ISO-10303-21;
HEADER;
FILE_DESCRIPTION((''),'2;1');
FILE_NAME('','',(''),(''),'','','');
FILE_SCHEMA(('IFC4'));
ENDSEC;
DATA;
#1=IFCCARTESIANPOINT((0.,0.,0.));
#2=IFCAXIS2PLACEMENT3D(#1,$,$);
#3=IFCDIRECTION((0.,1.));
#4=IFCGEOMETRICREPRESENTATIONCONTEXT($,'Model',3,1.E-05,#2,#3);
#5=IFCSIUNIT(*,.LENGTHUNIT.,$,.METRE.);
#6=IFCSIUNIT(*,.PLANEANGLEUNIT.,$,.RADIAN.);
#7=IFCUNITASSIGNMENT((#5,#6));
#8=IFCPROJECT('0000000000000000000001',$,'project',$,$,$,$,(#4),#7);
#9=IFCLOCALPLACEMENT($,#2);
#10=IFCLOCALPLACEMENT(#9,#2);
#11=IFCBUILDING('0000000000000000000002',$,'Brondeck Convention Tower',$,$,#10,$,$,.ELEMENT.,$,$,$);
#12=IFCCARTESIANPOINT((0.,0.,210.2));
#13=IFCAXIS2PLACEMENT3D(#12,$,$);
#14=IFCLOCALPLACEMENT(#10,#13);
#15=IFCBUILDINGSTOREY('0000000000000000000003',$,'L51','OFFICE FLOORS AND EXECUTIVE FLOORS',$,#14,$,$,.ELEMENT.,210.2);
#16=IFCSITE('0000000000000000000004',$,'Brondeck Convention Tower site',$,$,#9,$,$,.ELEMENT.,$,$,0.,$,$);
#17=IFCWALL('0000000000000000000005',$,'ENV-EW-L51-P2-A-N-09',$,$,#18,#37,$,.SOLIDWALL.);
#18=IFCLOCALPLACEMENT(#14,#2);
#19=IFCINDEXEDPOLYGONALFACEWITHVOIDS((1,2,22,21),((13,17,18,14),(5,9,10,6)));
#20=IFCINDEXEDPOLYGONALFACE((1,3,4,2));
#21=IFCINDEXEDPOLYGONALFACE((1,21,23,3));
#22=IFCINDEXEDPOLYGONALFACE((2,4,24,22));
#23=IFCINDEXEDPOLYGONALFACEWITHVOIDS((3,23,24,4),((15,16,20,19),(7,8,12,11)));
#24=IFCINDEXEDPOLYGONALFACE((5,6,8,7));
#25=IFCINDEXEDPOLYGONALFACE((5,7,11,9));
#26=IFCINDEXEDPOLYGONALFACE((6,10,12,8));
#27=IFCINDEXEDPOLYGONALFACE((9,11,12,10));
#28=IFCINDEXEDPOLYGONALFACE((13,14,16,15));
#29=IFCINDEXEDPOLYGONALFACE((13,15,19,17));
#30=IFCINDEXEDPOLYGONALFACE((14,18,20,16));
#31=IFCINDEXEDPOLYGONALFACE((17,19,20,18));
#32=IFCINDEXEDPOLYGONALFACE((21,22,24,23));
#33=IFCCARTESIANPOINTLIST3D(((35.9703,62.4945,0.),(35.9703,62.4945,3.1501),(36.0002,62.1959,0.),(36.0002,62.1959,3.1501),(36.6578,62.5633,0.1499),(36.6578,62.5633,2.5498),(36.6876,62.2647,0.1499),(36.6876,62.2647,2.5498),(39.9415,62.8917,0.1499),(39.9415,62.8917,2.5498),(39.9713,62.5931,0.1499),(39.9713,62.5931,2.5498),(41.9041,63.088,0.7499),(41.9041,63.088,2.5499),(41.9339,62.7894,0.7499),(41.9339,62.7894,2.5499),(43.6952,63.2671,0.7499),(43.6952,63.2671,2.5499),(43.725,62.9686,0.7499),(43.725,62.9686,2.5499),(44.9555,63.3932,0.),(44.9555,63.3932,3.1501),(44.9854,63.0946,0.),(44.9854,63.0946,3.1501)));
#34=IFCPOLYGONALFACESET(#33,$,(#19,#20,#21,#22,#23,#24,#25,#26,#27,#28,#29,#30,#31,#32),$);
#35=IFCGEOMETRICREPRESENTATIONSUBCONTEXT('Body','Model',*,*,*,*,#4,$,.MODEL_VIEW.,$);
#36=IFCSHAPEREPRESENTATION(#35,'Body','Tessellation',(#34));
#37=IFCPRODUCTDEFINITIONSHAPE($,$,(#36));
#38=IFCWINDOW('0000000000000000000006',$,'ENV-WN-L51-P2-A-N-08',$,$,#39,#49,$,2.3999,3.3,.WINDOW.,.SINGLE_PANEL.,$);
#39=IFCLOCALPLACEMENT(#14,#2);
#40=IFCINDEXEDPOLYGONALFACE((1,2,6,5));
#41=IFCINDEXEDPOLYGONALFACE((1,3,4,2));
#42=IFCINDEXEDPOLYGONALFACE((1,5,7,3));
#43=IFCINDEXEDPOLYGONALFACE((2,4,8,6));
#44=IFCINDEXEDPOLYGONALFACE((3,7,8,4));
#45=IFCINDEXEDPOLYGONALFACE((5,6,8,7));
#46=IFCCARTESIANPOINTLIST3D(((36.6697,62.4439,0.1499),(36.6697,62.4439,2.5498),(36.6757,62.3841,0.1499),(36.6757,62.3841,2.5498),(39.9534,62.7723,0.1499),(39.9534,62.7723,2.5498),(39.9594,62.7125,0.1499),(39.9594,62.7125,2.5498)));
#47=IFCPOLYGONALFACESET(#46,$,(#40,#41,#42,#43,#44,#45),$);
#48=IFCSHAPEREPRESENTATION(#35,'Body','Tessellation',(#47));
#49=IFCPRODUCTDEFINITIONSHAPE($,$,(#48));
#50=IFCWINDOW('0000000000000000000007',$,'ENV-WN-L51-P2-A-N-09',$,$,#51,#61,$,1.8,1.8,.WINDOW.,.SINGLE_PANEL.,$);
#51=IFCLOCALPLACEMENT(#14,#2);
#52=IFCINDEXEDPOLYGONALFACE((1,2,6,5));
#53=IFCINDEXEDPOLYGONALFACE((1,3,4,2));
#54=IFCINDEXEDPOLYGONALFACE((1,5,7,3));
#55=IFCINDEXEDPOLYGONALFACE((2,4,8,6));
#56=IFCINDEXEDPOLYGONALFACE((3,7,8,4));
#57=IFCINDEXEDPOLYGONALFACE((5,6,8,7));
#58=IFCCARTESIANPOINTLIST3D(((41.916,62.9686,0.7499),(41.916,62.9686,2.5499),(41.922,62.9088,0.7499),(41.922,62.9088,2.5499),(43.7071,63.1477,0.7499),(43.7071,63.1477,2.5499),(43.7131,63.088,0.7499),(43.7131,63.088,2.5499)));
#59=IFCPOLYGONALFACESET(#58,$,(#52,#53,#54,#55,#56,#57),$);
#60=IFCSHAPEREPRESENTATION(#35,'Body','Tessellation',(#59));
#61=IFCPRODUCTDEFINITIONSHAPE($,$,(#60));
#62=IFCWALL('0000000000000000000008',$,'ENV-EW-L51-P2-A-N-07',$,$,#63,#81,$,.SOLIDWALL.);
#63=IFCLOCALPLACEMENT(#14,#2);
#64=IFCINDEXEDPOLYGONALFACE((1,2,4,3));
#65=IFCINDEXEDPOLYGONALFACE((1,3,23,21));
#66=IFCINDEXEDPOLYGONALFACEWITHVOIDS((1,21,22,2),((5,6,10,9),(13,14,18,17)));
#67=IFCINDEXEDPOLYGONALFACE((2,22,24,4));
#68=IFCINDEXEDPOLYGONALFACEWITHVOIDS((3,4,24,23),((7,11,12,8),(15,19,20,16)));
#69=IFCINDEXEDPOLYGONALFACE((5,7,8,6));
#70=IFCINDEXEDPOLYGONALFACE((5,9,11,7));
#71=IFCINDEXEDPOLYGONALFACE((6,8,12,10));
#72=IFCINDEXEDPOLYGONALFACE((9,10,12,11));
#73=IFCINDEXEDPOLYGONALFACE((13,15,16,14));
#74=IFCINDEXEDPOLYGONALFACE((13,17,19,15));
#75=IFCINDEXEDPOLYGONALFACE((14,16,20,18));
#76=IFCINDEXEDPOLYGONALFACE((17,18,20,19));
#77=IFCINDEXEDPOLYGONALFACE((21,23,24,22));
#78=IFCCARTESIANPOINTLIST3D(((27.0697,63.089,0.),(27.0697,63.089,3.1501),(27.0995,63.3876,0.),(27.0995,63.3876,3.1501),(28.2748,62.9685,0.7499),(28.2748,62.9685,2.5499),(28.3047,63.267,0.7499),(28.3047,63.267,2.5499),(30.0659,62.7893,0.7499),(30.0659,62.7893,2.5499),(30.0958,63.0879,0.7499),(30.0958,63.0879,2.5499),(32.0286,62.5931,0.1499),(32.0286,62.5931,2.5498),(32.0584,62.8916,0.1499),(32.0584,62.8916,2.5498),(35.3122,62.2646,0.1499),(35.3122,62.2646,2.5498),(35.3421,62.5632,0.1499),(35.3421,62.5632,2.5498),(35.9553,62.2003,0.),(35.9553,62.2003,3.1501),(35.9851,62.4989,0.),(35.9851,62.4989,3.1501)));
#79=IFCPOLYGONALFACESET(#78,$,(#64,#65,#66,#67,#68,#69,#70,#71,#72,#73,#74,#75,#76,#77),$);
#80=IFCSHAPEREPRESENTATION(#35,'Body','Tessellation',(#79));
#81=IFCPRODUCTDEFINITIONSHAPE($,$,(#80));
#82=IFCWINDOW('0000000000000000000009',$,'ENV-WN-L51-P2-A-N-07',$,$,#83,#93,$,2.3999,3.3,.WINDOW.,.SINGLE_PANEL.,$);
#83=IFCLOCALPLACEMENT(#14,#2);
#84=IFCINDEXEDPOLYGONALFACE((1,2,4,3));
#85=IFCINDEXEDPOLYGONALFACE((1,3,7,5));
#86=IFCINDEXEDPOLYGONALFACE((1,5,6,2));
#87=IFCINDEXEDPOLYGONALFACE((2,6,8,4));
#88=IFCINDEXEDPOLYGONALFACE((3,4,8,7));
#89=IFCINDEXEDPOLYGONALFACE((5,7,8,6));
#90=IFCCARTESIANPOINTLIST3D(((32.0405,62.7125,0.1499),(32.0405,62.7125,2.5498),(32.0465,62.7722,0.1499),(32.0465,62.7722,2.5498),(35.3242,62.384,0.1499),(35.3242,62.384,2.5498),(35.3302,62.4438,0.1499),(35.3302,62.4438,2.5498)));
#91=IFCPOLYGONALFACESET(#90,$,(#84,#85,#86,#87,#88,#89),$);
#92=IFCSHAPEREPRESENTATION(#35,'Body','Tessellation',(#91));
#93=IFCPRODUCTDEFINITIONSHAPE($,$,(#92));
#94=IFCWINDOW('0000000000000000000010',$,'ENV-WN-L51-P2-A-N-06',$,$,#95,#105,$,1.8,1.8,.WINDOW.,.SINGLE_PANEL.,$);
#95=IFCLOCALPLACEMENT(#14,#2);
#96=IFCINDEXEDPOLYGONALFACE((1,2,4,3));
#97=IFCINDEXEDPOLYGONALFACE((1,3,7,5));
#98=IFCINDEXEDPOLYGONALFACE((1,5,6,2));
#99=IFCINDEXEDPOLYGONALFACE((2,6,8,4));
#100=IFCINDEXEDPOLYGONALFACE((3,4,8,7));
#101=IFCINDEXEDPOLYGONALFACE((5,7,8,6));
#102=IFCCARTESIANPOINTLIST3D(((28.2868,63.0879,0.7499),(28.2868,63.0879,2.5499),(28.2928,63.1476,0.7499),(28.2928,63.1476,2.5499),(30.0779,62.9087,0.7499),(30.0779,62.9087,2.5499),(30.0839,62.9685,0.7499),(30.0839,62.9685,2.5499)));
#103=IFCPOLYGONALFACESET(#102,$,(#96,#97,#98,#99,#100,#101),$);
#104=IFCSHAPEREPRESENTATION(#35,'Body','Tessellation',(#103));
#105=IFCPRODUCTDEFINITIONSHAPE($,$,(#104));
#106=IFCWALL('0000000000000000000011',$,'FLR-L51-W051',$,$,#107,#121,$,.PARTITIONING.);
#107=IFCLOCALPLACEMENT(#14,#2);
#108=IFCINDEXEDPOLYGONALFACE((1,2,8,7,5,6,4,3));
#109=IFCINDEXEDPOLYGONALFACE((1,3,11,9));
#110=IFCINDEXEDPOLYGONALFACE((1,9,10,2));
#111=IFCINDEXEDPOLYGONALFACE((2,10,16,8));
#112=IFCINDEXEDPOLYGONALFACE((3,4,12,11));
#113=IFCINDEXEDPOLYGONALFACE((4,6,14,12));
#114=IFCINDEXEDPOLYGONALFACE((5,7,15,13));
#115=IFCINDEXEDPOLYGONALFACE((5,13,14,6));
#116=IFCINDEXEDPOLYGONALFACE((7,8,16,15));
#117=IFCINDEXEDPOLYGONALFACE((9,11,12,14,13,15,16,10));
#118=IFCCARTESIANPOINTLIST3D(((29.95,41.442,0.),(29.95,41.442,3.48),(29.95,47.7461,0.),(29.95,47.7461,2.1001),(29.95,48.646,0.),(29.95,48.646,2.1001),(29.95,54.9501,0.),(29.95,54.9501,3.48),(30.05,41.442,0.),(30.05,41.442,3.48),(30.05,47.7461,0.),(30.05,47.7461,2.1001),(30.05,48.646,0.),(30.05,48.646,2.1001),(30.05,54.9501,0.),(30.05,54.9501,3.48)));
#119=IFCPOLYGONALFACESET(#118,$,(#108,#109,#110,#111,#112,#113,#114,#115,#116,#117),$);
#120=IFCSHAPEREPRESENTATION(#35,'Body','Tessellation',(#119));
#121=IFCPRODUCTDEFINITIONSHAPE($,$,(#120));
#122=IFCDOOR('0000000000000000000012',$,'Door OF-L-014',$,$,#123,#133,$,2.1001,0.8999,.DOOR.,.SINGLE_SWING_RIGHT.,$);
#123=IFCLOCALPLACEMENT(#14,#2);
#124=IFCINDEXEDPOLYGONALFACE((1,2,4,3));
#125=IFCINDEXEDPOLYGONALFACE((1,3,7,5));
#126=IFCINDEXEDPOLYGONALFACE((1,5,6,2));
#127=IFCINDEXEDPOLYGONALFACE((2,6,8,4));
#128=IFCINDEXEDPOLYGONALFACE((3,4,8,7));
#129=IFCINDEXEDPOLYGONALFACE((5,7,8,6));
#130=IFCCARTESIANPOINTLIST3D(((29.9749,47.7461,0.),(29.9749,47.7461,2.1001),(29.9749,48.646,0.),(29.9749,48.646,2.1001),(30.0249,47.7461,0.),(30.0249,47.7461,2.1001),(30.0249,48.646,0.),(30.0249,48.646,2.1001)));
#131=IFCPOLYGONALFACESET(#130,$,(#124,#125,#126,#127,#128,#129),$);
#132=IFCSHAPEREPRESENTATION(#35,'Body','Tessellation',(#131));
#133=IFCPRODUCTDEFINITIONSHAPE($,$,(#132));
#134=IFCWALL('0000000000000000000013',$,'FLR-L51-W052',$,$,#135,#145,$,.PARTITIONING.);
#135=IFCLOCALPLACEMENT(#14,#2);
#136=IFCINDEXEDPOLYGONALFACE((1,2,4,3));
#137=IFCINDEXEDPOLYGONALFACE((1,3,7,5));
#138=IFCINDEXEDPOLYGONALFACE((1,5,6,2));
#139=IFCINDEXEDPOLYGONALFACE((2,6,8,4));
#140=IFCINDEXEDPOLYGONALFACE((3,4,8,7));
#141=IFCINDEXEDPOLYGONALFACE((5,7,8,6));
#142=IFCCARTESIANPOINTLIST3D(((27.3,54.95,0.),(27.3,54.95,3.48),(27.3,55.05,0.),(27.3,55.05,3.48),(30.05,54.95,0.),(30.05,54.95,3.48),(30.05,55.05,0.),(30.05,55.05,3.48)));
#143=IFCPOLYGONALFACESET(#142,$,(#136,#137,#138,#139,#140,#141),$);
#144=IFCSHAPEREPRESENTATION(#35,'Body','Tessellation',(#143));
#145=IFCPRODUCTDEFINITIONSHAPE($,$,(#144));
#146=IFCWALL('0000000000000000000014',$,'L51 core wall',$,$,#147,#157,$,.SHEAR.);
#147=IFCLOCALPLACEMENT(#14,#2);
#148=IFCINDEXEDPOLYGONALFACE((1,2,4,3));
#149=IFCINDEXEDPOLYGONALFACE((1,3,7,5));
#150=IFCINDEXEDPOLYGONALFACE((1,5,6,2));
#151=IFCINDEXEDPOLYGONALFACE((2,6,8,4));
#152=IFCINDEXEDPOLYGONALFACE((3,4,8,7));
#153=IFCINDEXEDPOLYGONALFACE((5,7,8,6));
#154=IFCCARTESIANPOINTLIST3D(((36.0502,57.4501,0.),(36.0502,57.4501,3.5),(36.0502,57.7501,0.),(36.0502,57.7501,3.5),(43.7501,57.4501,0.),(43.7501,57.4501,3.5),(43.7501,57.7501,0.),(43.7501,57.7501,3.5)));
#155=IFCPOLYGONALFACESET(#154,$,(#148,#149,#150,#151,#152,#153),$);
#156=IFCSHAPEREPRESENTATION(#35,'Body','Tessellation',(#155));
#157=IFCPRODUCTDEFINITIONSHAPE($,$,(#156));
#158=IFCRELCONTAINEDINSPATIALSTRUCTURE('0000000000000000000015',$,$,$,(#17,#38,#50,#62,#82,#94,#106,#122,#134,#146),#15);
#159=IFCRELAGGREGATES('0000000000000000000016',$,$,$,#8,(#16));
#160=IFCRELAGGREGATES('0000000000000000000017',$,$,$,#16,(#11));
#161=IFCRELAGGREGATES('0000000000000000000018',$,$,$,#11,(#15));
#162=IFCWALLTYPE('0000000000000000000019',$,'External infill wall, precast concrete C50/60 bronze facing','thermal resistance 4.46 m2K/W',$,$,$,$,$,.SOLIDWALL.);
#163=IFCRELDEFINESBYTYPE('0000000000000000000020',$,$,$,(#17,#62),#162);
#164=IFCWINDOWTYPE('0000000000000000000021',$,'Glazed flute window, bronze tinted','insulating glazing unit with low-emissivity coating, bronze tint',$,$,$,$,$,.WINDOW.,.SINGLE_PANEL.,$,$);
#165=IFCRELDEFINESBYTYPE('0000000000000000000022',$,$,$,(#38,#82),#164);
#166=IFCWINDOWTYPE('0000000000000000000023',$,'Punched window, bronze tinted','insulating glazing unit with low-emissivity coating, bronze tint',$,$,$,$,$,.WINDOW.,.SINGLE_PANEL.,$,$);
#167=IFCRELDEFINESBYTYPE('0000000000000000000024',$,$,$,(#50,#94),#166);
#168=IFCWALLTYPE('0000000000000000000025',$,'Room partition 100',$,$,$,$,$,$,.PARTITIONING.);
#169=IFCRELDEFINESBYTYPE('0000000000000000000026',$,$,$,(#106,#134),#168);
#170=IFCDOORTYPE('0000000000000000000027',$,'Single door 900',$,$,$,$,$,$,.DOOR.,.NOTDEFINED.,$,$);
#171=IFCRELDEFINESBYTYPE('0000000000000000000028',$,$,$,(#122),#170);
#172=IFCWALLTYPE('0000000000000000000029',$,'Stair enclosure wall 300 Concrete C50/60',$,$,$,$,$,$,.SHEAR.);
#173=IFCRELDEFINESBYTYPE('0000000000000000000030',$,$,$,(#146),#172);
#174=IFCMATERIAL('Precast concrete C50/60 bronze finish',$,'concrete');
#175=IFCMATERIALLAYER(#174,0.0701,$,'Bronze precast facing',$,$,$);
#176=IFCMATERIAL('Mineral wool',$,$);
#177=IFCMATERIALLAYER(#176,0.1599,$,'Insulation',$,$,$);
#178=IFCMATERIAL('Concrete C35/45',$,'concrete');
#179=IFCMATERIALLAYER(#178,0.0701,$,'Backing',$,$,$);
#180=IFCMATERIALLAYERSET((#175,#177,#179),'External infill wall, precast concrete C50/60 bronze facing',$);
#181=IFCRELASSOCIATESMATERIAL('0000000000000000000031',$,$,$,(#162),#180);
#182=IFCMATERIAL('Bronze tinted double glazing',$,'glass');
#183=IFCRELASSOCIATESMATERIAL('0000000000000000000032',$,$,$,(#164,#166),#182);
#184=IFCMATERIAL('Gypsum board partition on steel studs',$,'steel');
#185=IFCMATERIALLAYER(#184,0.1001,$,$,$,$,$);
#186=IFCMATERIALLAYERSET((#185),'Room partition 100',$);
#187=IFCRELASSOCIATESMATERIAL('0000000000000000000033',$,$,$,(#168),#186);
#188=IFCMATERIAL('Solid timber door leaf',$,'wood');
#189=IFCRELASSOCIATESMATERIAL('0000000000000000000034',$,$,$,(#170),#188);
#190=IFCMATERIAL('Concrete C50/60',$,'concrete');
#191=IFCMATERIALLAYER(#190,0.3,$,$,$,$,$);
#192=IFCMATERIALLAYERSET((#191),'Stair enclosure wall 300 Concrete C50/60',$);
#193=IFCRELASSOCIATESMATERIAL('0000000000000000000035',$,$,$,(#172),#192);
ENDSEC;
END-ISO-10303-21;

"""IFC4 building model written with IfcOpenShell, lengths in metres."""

from ifc_helpers import new_model, si_unit, direction, frame, frame_2d, origin, place, context, subcontext, project, spatial, rectangle, extrude, material, layer, layer_set, type_object, element, fill, save


model = new_model("IFC4")

# Units and contexts
model_context = context("Model", 3, precision=1e-05, world=origin(), true_north=direction((0.0, 1.0)))
body_context = subcontext(model_context, "Body", "Model", "MODEL_VIEW")
ifc_project = project(units=[si_unit("LENGTHUNIT", "METRE"), si_unit("PLANEANGLEUNIT", "RADIAN")], contexts=[model_context])

# Site, building, storey
site_placement = place(None, origin())
site = spatial("IfcSite", under=ifc_project, at=site_placement, Name="Brondeck Convention Tower site", CompositionType="ELEMENT", RefElevation=0.0)
building_placement = place(site_placement, origin())
building = spatial("IfcBuilding", under=site, at=building_placement, Name="Brondeck Convention Tower", CompositionType="ELEMENT")
storey_placement = place(building_placement, frame((0.0, 0.0, 210.2)))
storey = spatial("IfcBuildingStorey", under=building, at=storey_placement, Name="L51", Description="OFFICE FLOORS AND EXECUTIVE FLOORS", CompositionType="ELEMENT", Elevation=210.2)

# Shared definitions
ifc_material_1 = material(Name="Concrete C50/60", Category="concrete")

# Walls, openings, windows
ifc_material_2 = material(Name="Precast concrete C50/60 bronze finish", Category="concrete")
ifc_layer_1 = layer(ifc_material_2, 0.0701, Name="Bronze precast facing")
ifc_material_3 = material(Name="Mineral wool")
ifc_layer_2 = layer(ifc_material_3, 0.1599, Name="Insulation")
ifc_material_4 = material(Name="Concrete C35/45", Category="concrete")
ifc_layer_3 = layer(ifc_material_4, 0.0701, Name="Backing")
ifc_layer_set_1 = layer_set([ifc_layer_1, ifc_layer_2, ifc_layer_3], Name="External infill wall, precast concrete C50/60 bronze facing")
wall_type_1 = type_object("IfcWallType", Name="External infill wall, precast concrete C50/60 bronze facing", Description="thermal resistance 4.46 m2K/W", PredefinedType="SOLIDWALL", material=ifc_layer_set_1)
wall_1_placement = place(storey_placement, frame((35.9851, 62.3452, 0.0), z_axis=(0.0, 0.0, 1.0), x_axis=(0.995035, 0.099522, 0.0)))
wall_1 = element("IfcWall", 1, at=wall_1_placement, inside=storey, type_object=wall_type_1, Name="ENV-EW-L51-P2-A-N-09", PredefinedType="SOLIDWALL", context=body_context, shape_type="SweptSolid", body=[
    extrude(rectangle(XDim=9.03, YDim=0.3, at=frame_2d((4.5151, 0.0))), origin(), (0.0, 0.0, 1.0), 3.1501),
])
opening_1_placement = place(wall_1_placement, frame((0.6912, 0.0, 0.1499)))
opening_1 = element("IfcOpeningElement", 2, at=opening_1_placement, cuts=wall_1, PredefinedType="OPENING", context=body_context, shape_type="SweptSolid", body=[
    extrude(rectangle(XDim=3.3, YDim=2.3999, at=frame_2d((1.6499, 1.2))), frame((0.0, 0.1599, 0.0), z_axis=(0.0, -1.0, 0.0), x_axis=(1.0, 0.0, 0.0)), (0.0, 0.0, 1.0), 0.3201),
])
opening_2_placement = place(wall_1_placement, frame((5.9636, 0.0, 0.75)))
opening_2 = element("IfcOpeningElement", 3, at=opening_2_placement, cuts=wall_1, PredefinedType="OPENING", context=body_context, shape_type="SweptSolid", body=[
    extrude(rectangle(XDim=1.8, YDim=1.8, at=frame_2d((0.8999, 0.8999))), frame((0.0, 0.1599, 0.0), z_axis=(0.0, -1.0, 0.0), x_axis=(1.0, 0.0, 0.0)), (0.0, 0.0, 1.0), 0.3201),
])
ifc_material_5 = material(Name="Bronze tinted double glazing", Category="glass")
window_type_1 = type_object("IfcWindowType", Name="Glazed flute window, bronze tinted", Description="insulating glazing unit with low-emissivity coating, bronze tint", PartitioningType="SINGLE_PANEL", PredefinedType="WINDOW", material=ifc_material_5)
window_1_placement = place(opening_1_placement, origin())
window_1 = element("IfcWindow", 4, at=window_1_placement, inside=storey, type_object=window_type_1, Name="ENV-WN-L51-P2-A-N-08", OverallHeight=2.3999, OverallWidth=3.3, PartitioningType="SINGLE_PANEL", PredefinedType="WINDOW", context=body_context, shape_type="SweptSolid", body=[
    extrude(rectangle(XDim=3.3, YDim=2.3999, at=frame_2d((1.6499, 1.2))), frame((0.0, 0.03, 0.0), z_axis=(0.0, -1.0, 0.0), x_axis=(1.0, 0.0, 0.0)), (0.0, 0.0, 1.0), 0.0601),
])
fill(opening_1, window_1)
window_type_2 = type_object("IfcWindowType", Name="Punched window, bronze tinted", Description="insulating glazing unit with low-emissivity coating, bronze tint", PartitioningType="SINGLE_PANEL", PredefinedType="WINDOW", material=ifc_material_5)
window_2_placement = place(opening_2_placement, origin())
window_2 = element("IfcWindow", 5, at=window_2_placement, inside=storey, type_object=window_type_2, Name="ENV-WN-L51-P2-A-N-09", OverallHeight=1.8, OverallWidth=1.8, PartitioningType="SINGLE_PANEL", PredefinedType="WINDOW", context=body_context, shape_type="SweptSolid", body=[
    extrude(rectangle(XDim=1.8, YDim=1.8, at=frame_2d((0.8999, 0.8999))), frame((0.0, 0.03, 0.0), z_axis=(0.0, -1.0, 0.0), x_axis=(1.0, 0.0, 0.0)), (0.0, 0.0, 1.0), 0.0601),
])
fill(opening_2, window_2)
wall_2_placement = place(storey_placement, frame((27.0847, 63.2383, 0.0), z_axis=(0.0, 0.0, 1.0), x_axis=(0.995036, -0.099517, 0.0)))
wall_2 = element("IfcWall", 6, at=wall_2_placement, inside=storey, type_object=wall_type_1, Name="ENV-EW-L51-P2-A-N-07", PredefinedType="SOLIDWALL", context=body_context, shape_type="SweptSolid", body=[
    extrude(rectangle(XDim=8.9299, YDim=0.3, at=frame_2d((4.4648, 0.0))), origin(), (0.0, 0.0, 1.0), 3.1501),
])
opening_3_placement = place(wall_2_placement, frame((1.2112, 0.0, 0.75)))
opening_3 = element("IfcOpeningElement", 7, at=opening_3_placement, cuts=wall_2, PredefinedType="OPENING", context=body_context, shape_type="SweptSolid", body=[
    extrude(rectangle(XDim=1.8, YDim=1.8, at=frame_2d((0.8999, 0.8999))), frame((0.0, 0.1599, 0.0), z_axis=(0.0, -1.0, 0.0), x_axis=(1.0, 0.0, 0.0)), (0.0, 0.0, 1.0), 0.3201),
])
opening_4_placement = place(wall_2_placement, frame((4.9836, 0.0, 0.1499)))
opening_4 = element("IfcOpeningElement", 8, at=opening_4_placement, cuts=wall_2, PredefinedType="OPENING", context=body_context, shape_type="SweptSolid", body=[
    extrude(rectangle(XDim=3.3, YDim=2.3999, at=frame_2d((1.6499, 1.2))), frame((0.0, 0.1599, 0.0), z_axis=(0.0, -1.0, 0.0), x_axis=(1.0, 0.0, 0.0)), (0.0, 0.0, 1.0), 0.3201),
])
window_3_placement = place(opening_4_placement, origin())
window_3 = element("IfcWindow", 9, at=window_3_placement, inside=storey, type_object=window_type_1, Name="ENV-WN-L51-P2-A-N-07", OverallHeight=2.3999, OverallWidth=3.3, PartitioningType="SINGLE_PANEL", PredefinedType="WINDOW", context=body_context, shape_type="SweptSolid", body=[
    extrude(rectangle(XDim=3.3, YDim=2.3999, at=frame_2d((1.6499, 1.2))), frame((0.0, 0.03, 0.0), z_axis=(0.0, -1.0, 0.0), x_axis=(1.0, 0.0, 0.0)), (0.0, 0.0, 1.0), 0.0601),
])
fill(opening_4, window_3)
window_4_placement = place(opening_3_placement, origin())
window_4 = element("IfcWindow", 10, at=window_4_placement, inside=storey, type_object=window_type_2, Name="ENV-WN-L51-P2-A-N-06", OverallHeight=1.8, OverallWidth=1.8, PartitioningType="SINGLE_PANEL", PredefinedType="WINDOW", context=body_context, shape_type="SweptSolid", body=[
    extrude(rectangle(XDim=1.8, YDim=1.8, at=frame_2d((0.8999, 0.8999))), frame((0.0, 0.03, 0.0), z_axis=(0.0, -1.0, 0.0), x_axis=(1.0, 0.0, 0.0)), (0.0, 0.0, 1.0), 0.0601),
])
fill(opening_3, window_4)

# Wall, opening, door
ifc_material_6 = material(Name="Gypsum board partition on steel studs", Category="steel")
ifc_layer_4 = layer(ifc_material_6, 0.1001)
ifc_layer_set_2 = layer_set([ifc_layer_4], Name="Room partition 100")
wall_type_2 = type_object("IfcWallType", Name="Room partition 100", PredefinedType="PARTITIONING", material=ifc_layer_set_2)
wall_3_placement = place(storey_placement, frame((30.0, 54.95, 0.0), z_axis=(0.0, 0.0, 1.0), x_axis=(0.0, -1.0, 0.0)))
wall_3 = element("IfcWall", 11, at=wall_3_placement, inside=storey, type_object=wall_type_2, Name="FLR-L51-W051", PredefinedType="PARTITIONING", context=body_context, shape_type="SweptSolid", body=[
    extrude(rectangle(XDim=13.5081, YDim=0.1001, at=frame_2d((6.7539, 0.0))), origin(), (0.0, 0.0, 1.0), 3.48),
])
opening_5_placement = place(wall_3_placement, frame((6.304, 0.0, 0.0)))
opening_5 = element("IfcOpeningElement", 12, at=opening_5_placement, cuts=wall_3, PredefinedType="OPENING", context=body_context, shape_type="SweptSolid", body=[
    extrude(rectangle(XDim=0.8999, YDim=2.1001, at=frame_2d((0.45, 1.05))), frame((0.0, 0.0601, 0.0), z_axis=(0.0, -1.0, 0.0), x_axis=(1.0, 0.0, 0.0)), (0.0, 0.0, 1.0), 0.1201),
])
ifc_material_7 = material(Name="Solid timber door leaf", Category="wood")
door_type = type_object("IfcDoorType", Name="Single door 900", OperationType="NOTDEFINED", PredefinedType="DOOR", material=ifc_material_7)
door_placement = place(opening_5_placement, origin())
door = element("IfcDoor", 13, at=door_placement, inside=storey, type_object=door_type, Name="Door OF-L-014", OperationType="SINGLE_SWING_RIGHT", OverallHeight=2.1001, OverallWidth=0.8999, PredefinedType="DOOR", context=body_context, shape_type="SweptSolid", body=[
    extrude(rectangle(XDim=0.8999, YDim=2.1001, at=frame_2d((0.45, 1.05))), frame((0.0, 0.0249, 0.0), z_axis=(0.0, -1.0, 0.0), x_axis=(1.0, 0.0, 0.0)), (0.0, 0.0, 1.0), 0.05),
])
fill(opening_5, door)

# Walls
wall_4_placement = place(storey_placement, frame((27.3, 55.0, 0.0), z_axis=(0.0, 0.0, 1.0), x_axis=(1.0, 0.0, 0.0)))
element("IfcWall", 14, at=wall_4_placement, inside=storey, type_object=wall_type_2, Name="FLR-L51-W052", PredefinedType="PARTITIONING", context=body_context, shape_type="SweptSolid", body=[
    extrude(rectangle(XDim=2.75, YDim=0.1001, at=frame_2d((1.375, 0.0))), origin(), (0.0, 0.0, 1.0), 3.48),
])
ifc_layer_5 = layer(ifc_material_1, 0.3)
ifc_layer_set_3 = layer_set([ifc_layer_5], Name="Stair enclosure wall 300 Concrete C50/60")
wall_type_3 = type_object("IfcWallType", Name="Stair enclosure wall 300 Concrete C50/60", PredefinedType="SHEAR", material=ifc_layer_set_3)
wall_5_placement = place(storey_placement, frame((36.05, 57.6001, 0.0), z_axis=(0.0, 0.0, 1.0), x_axis=(1.0, 0.0, 0.0)))
element("IfcWall", 15, at=wall_5_placement, inside=storey, type_object=wall_type_3, Name="L51 core wall", PredefinedType="SHEAR", context=body_context, shape_type="SweptSolid", body=[
    extrude(rectangle(XDim=7.7, YDim=0.3, at=frame_2d((3.8501, 0.0))), origin(), (0.0, 0.0, 1.0), 3.5),
])

save(model, "model.ifc")
